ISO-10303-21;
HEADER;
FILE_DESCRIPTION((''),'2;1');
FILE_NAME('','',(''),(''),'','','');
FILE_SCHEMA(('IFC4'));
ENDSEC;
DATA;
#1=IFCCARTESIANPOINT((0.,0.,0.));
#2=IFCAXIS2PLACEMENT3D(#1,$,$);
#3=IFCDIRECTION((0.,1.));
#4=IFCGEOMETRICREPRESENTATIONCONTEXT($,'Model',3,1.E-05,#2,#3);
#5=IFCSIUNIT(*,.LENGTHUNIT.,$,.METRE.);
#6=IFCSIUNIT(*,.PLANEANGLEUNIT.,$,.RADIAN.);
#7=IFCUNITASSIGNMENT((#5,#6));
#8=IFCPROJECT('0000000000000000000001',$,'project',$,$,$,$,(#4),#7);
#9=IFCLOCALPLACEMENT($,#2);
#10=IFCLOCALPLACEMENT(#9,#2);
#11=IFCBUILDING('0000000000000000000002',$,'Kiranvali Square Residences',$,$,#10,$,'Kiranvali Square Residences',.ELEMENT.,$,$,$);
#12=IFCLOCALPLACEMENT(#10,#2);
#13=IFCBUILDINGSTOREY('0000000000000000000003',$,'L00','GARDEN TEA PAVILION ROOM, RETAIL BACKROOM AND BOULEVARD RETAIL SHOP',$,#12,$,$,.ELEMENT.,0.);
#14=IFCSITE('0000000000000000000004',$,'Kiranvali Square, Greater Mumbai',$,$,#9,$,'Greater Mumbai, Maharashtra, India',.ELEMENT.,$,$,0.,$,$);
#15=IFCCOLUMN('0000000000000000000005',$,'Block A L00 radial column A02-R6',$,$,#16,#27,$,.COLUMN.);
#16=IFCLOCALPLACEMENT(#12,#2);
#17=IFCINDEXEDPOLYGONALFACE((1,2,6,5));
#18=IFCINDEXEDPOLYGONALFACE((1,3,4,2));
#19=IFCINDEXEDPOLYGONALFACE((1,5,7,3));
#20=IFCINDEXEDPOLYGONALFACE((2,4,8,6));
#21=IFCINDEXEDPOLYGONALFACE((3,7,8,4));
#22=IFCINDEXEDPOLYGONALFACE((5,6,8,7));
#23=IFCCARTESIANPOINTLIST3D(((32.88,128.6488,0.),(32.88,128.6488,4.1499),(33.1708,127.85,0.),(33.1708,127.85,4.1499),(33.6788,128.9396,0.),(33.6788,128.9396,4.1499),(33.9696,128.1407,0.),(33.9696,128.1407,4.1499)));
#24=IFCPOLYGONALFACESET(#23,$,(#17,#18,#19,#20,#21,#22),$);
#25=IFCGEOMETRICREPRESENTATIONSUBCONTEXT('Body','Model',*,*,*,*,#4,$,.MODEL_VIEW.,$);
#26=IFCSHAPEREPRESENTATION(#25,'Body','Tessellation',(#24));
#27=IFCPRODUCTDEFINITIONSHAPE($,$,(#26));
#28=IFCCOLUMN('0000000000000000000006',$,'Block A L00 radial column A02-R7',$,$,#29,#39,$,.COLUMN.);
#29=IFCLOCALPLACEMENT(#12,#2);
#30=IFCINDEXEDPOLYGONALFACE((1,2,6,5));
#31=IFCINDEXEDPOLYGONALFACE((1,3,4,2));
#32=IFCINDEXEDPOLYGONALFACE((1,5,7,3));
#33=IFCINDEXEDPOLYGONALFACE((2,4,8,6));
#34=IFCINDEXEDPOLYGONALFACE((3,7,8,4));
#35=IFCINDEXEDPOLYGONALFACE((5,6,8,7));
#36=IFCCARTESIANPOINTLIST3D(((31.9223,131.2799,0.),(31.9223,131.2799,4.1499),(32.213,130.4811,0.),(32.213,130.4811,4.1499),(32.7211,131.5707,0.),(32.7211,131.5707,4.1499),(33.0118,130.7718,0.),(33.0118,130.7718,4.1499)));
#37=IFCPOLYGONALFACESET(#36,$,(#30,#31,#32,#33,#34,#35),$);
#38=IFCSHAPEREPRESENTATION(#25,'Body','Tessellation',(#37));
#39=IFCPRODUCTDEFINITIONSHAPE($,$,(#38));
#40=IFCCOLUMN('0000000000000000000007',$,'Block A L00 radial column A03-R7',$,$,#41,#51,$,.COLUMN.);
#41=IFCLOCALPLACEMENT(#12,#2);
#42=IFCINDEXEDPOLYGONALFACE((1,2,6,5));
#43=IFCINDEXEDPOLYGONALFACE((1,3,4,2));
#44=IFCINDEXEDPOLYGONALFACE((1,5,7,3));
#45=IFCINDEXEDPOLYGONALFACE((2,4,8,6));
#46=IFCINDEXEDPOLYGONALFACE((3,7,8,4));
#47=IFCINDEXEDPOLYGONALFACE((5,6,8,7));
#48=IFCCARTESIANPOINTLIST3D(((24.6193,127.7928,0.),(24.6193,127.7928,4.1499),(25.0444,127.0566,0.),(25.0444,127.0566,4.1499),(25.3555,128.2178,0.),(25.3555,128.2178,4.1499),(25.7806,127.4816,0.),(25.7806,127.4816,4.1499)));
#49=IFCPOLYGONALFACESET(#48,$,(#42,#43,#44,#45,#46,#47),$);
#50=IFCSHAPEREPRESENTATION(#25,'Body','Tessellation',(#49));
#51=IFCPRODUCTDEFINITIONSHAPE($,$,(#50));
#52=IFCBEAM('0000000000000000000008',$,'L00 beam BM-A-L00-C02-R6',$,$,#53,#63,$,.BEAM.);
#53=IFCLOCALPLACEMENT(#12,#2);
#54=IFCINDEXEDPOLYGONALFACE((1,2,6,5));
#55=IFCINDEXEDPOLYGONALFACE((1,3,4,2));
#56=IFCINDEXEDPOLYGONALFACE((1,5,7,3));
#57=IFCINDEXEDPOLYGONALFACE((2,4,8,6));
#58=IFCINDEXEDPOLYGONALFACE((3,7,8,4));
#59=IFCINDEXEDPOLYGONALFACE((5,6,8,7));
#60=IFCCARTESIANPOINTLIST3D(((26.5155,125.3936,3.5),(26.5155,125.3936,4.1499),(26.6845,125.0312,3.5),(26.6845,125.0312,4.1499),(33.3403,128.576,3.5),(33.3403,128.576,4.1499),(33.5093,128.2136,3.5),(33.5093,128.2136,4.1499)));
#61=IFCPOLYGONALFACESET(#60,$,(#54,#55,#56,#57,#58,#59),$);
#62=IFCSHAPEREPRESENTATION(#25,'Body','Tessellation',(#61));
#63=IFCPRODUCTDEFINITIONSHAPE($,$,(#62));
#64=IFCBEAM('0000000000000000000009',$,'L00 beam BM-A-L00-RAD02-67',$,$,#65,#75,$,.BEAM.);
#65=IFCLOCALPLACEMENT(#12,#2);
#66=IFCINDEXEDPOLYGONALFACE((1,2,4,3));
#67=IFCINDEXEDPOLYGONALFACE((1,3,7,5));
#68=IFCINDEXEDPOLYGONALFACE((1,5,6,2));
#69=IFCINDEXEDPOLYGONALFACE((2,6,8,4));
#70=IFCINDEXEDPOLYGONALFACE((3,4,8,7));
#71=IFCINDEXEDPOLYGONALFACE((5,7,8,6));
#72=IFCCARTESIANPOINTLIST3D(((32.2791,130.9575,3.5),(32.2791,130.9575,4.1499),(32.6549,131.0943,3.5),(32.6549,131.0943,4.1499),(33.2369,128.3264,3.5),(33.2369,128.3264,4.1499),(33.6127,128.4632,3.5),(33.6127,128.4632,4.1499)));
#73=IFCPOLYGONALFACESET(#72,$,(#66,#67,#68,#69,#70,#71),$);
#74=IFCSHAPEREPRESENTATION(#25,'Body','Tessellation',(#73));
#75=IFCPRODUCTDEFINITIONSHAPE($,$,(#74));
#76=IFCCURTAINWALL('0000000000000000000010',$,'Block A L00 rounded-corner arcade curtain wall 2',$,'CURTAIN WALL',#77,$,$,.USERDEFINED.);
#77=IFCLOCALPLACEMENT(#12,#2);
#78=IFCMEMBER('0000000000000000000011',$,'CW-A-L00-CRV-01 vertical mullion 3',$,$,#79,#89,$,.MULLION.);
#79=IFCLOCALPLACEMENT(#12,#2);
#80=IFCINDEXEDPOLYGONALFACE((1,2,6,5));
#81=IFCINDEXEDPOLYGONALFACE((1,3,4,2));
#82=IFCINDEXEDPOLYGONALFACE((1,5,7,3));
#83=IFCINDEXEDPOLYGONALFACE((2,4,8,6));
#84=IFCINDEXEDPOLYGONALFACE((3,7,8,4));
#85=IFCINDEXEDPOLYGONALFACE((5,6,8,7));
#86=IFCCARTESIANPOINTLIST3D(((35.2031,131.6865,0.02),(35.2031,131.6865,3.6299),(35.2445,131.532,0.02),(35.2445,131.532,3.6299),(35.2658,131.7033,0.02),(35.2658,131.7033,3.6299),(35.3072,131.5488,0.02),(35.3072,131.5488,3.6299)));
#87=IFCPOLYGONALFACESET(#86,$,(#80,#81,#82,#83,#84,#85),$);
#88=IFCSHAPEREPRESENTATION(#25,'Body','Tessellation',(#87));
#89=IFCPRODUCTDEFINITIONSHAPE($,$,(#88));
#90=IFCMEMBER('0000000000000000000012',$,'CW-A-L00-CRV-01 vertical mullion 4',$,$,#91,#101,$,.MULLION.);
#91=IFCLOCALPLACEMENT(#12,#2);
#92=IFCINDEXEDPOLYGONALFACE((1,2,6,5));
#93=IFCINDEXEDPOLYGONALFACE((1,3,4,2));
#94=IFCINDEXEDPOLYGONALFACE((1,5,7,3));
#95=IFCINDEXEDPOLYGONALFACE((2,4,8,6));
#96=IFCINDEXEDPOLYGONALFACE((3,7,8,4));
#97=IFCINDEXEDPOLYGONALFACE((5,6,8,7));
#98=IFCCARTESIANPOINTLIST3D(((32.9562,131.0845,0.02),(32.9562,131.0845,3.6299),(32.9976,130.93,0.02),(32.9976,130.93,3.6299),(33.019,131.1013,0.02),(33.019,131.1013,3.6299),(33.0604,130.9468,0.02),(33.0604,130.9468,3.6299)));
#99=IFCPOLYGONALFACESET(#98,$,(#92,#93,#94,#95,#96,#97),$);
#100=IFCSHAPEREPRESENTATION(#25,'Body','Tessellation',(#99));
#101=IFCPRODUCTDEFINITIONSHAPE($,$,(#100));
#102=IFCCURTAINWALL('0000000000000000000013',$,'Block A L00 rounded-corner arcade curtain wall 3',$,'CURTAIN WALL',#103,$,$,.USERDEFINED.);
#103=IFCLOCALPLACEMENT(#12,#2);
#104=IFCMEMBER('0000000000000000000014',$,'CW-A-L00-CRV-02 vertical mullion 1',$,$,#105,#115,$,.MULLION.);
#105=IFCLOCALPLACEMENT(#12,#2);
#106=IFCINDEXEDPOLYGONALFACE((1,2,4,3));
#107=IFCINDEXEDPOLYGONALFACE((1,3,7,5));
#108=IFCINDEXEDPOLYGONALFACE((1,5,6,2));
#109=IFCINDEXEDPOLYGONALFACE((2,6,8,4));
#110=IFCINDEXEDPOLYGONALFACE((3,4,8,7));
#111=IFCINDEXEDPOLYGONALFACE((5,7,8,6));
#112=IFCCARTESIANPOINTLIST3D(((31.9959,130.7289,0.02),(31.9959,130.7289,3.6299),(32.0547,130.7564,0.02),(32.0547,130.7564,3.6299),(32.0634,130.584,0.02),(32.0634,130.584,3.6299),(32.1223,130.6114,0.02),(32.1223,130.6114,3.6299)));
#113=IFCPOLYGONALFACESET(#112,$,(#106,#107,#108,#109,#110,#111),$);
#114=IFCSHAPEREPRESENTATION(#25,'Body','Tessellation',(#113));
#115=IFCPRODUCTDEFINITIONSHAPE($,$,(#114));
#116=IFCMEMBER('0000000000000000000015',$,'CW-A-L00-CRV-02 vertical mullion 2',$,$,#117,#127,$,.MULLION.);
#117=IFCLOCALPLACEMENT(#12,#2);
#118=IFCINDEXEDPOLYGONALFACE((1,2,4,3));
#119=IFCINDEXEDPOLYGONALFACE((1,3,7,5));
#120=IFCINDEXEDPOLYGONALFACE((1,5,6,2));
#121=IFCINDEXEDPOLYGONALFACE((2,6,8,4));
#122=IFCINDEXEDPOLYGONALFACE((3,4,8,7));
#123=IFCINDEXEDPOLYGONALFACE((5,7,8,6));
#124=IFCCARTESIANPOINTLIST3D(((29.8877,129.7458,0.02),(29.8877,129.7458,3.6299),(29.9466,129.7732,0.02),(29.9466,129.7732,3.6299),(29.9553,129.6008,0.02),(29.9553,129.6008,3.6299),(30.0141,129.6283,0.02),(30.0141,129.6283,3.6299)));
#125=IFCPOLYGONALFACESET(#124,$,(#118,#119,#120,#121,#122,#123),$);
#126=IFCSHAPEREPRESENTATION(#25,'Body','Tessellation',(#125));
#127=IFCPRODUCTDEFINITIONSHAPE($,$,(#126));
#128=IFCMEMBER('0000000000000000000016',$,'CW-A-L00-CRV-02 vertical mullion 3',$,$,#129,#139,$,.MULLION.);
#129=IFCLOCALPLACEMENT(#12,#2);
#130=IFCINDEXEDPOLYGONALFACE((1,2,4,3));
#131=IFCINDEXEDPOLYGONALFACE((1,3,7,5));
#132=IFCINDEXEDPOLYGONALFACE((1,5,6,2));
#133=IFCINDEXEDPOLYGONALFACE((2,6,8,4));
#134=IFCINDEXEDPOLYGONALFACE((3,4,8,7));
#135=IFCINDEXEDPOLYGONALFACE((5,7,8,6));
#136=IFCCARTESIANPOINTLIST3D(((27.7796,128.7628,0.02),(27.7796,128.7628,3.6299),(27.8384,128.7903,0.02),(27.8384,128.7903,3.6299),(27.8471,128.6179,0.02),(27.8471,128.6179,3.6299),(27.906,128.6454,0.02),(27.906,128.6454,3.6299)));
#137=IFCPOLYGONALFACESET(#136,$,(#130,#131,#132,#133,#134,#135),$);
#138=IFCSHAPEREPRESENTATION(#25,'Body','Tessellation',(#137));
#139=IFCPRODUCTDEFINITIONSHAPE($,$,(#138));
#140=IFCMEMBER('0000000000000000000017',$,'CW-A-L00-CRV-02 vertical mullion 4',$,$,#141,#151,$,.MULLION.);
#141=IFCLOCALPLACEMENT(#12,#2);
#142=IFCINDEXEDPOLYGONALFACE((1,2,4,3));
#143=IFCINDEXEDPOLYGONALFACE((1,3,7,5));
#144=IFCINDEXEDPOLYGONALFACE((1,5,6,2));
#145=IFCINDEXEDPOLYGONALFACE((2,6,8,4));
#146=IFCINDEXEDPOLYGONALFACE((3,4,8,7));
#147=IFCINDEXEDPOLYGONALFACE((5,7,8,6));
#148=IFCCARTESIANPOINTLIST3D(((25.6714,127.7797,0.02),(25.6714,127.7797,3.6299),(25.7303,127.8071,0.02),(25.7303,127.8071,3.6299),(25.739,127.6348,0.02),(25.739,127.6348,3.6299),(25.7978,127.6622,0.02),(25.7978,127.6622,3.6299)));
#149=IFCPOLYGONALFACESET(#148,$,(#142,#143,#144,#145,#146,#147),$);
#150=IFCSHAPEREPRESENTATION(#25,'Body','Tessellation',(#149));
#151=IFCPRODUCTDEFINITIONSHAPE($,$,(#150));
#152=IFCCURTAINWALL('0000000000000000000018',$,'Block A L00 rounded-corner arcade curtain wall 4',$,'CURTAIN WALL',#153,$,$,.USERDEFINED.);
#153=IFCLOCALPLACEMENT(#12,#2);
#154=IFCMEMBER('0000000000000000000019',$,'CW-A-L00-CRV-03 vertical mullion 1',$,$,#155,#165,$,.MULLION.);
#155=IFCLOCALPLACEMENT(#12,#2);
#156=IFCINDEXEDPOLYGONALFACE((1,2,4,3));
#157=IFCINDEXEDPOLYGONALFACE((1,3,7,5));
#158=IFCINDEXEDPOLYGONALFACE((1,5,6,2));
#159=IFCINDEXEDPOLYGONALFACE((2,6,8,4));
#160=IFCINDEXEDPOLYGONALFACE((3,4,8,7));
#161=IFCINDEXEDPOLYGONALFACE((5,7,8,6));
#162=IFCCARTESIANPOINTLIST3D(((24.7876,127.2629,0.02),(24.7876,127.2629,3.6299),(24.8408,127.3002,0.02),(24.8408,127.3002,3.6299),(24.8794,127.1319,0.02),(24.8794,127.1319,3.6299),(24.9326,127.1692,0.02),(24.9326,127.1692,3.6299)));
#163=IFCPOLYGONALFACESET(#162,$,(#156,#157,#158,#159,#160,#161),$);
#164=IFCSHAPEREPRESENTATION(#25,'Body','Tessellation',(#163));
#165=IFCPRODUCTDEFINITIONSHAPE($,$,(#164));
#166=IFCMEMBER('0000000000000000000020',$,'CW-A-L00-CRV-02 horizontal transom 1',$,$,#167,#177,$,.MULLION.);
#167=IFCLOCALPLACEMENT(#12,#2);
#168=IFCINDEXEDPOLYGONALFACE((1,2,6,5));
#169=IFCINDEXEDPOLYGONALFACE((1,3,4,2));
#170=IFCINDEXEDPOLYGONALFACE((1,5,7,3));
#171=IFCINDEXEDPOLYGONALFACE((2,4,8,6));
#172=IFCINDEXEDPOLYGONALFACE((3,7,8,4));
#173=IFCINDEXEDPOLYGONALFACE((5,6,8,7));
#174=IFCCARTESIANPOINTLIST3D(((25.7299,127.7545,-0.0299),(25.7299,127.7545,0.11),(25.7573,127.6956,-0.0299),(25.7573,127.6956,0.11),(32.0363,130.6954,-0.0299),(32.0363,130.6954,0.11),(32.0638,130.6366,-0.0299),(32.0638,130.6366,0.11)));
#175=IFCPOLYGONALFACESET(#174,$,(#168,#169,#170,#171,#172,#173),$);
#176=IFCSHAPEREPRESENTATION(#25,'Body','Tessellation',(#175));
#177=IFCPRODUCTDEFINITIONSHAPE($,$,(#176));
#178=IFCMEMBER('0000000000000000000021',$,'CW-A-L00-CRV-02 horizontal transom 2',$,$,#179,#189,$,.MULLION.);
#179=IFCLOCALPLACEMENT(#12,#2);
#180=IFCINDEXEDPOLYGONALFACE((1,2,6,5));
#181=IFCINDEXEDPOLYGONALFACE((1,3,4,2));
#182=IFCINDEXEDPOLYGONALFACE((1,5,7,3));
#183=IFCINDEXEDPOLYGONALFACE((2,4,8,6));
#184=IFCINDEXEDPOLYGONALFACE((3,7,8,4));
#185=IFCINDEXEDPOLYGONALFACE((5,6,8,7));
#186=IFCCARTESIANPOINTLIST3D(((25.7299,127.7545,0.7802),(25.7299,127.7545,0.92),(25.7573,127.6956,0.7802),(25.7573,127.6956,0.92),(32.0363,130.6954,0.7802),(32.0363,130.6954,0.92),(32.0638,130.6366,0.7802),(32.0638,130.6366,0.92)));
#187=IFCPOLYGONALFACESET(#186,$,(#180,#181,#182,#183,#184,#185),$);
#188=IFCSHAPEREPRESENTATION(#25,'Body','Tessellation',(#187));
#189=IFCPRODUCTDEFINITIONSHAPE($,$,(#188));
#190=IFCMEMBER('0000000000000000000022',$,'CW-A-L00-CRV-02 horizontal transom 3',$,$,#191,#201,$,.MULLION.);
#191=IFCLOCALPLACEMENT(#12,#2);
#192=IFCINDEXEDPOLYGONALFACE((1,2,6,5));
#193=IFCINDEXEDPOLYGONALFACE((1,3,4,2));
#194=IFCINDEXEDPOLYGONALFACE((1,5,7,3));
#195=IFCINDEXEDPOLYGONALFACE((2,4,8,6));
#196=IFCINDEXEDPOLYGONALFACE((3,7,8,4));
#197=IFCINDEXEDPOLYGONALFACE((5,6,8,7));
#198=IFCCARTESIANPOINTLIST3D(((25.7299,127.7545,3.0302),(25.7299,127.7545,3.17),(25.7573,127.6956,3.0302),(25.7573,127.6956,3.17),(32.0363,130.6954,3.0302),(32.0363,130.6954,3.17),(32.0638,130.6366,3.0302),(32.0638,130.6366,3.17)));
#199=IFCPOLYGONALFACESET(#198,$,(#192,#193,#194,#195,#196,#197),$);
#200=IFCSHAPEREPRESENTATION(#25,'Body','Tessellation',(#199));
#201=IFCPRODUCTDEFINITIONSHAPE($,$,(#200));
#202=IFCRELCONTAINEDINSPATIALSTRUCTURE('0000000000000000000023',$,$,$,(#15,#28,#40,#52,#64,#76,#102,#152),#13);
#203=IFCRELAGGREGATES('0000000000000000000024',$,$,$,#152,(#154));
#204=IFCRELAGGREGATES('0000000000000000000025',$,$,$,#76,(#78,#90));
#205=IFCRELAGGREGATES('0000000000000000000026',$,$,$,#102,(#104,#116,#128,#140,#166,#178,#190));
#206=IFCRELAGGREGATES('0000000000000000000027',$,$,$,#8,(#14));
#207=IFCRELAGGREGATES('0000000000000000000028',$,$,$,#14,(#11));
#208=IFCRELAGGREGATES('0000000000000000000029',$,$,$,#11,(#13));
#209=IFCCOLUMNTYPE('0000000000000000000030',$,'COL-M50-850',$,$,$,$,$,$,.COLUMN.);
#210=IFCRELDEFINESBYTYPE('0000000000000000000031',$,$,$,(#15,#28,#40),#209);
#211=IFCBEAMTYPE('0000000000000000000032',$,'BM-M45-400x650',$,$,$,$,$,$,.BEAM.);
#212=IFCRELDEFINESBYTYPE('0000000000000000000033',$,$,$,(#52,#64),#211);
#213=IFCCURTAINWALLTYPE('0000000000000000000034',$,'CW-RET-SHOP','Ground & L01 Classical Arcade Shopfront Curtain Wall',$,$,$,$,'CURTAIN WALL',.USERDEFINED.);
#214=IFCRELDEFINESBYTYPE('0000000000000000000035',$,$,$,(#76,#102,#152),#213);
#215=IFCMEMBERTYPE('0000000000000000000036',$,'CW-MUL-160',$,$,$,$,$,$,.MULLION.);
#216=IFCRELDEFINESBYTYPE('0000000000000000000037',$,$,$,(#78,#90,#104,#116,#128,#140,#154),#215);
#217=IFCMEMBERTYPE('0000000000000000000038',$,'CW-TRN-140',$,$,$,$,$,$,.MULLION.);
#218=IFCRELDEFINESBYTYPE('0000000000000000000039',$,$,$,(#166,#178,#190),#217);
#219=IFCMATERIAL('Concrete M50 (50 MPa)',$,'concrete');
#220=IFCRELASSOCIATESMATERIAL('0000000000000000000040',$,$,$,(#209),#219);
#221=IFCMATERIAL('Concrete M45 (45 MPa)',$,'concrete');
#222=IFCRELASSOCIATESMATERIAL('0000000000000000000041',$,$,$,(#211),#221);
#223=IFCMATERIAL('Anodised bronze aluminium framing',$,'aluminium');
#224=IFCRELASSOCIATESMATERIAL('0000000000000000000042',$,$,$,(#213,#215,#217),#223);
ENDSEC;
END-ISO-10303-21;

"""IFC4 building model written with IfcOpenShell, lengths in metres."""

from ifc_helpers import new_model, si_unit, direction, frame, origin, origin_2d, place, context, subcontext, project, spatial, rectangle, extrude, material, material_profile, profile_set, type_object, element, aggregate, save


model = new_model("IFC4")

# Units and contexts
model_context = context("Model", 3, precision=1e-05, world=origin(), true_north=direction((0.0, 1.0)))
body_context = subcontext(model_context, "Body", "Model", "MODEL_VIEW")
ifc_project = project(units=[si_unit("LENGTHUNIT", "METRE"), si_unit("PLANEANGLEUNIT", "RADIAN")], contexts=[model_context])

# Site, building, storey
site_placement = place(None, origin())
site = spatial("IfcSite", under=ifc_project, at=site_placement, Name="Kiranvali Square, Greater Mumbai", LongName="Greater Mumbai, Maharashtra, India", CompositionType="ELEMENT", RefElevation=0.0)
building_placement = place(site_placement, origin())
building = spatial("IfcBuilding", under=site, at=building_placement, Name="Kiranvali Square Residences", LongName="Kiranvali Square Residences", CompositionType="ELEMENT")
storey_placement = place(building_placement, origin())
storey = spatial("IfcBuildingStorey", under=building, at=storey_placement, Name="L00", Description="GARDEN TEA PAVILION ROOM, RETAIL BACKROOM AND BOULEVARD RETAIL SHOP", CompositionType="ELEMENT", Elevation=0.0)

# Columns
ifc_material_1 = material(Name="Concrete M50 (50 MPa)", Category="concrete")
ifc_material_profile_1 = material_profile(ifc_material_1, rectangle(XDim=0.8501, YDim=0.8501, at=origin_2d()), Name="RC 850x850")
ifc_profile_set_1 = profile_set([ifc_material_profile_1], Name="Concrete M50 (50 MPa)")
column_type = type_object("IfcColumnType", Name="COL-M50-850", PredefinedType="COLUMN", material=ifc_profile_set_1)
for number, where, z_axis, x_axis, name in (
    (1, (33.4248, 128.3948, 0.0), (0.0, 0.0, 1.0), (0.939693, 0.34202, 0.0), "Block A L00 radial column A02-R6"),
    (2, (32.467, 131.0259, 0.0), (0.0, 0.0, 1.0), (0.939693, 0.34202, 0.0), "Block A L00 radial column A02-R7"),
    (3, (25.2, 127.6372, 0.0), (0.0, 0.0, 1.0), (0.866025, 0.5, 0.0), "Block A L00 radial column A03-R7"),
):
    element("IfcColumn", number, at=place(storey_placement, frame(where, z_axis=z_axis, x_axis=x_axis)), inside=storey, type_object=column_type, Name=name, PredefinedType="COLUMN", context=body_context, shape_type="SweptSolid", body=[
        extrude(rectangle(XDim=0.8501, YDim=0.8501, at=origin_2d()), origin(), (0.0, 0.0, 1.0), 4.1499),
    ])

# Beams
ifc_material_2 = material(Name="Concrete M45 (45 MPa)", Category="concrete")
ifc_material_profile_2 = material_profile(ifc_material_2, rectangle(XDim=0.3999, YDim=0.6499, at=origin_2d()), Name="RC 400x650")
ifc_profile_set_2 = profile_set([ifc_material_profile_2], Name="Concrete M45 (45 MPa)")
beam_type_1 = type_object("IfcBeamType", Name="BM-M45-400x650", PredefinedType="BEAM", material=ifc_profile_set_2)
beam_1_placement = place(storey_placement, frame((33.4248, 128.3948, 3.825), z_axis=(-0.90631, -0.422614, 0.0), x_axis=(0.422614, -0.90631, 0.0)))
element("IfcBeam", 4, at=beam_1_placement, inside=storey, type_object=beam_type_1, Name="L00 beam BM-A-L00-C02-R6", PredefinedType="BEAM", context=body_context, shape_type="SweptSolid", body=[
    extrude(rectangle(XDim=0.3999, YDim=0.6499, at=origin_2d()), origin(), (0.0, 0.0, 1.0), 7.5303),
])
beam_2_placement = place(storey_placement, frame((33.4248, 128.3948, 3.825), z_axis=(-0.342058, 0.939679, 0.0), x_axis=(-0.939679, -0.342058, 0.0)))
element("IfcBeam", 5, at=beam_2_placement, inside=storey, type_object=beam_type_1, Name="L00 beam BM-A-L00-RAD02-67", PredefinedType="BEAM", context=body_context, shape_type="SweptSolid", body=[
    extrude(rectangle(XDim=0.3999, YDim=0.6499, at=origin_2d()), origin(), (0.0, 0.0, 1.0), 2.8),
])

# Curtain walls, members
ifc_material_3 = material(Name="Anodised bronze aluminium framing", Category="aluminium")
curtain_wall_type = type_object("IfcCurtainWallType", Name="CW-RET-SHOP", Description="Ground & L01 Classical Arcade Shopfront Curtain Wall", ElementType="CURTAIN WALL", PredefinedType="USERDEFINED", material=ifc_material_3)
curtain_wall_1_placement = place(storey_placement, origin())
curtain_wall_1 = element("IfcCurtainWall", 6, at=curtain_wall_1_placement, inside=storey, type_object=curtain_wall_type, Name="Block A L00 rounded-corner arcade curtain wall 2", ObjectType="CURTAIN WALL", PredefinedType="USERDEFINED")
ifc_material_profile_3 = material_profile(ifc_material_3, rectangle(XDim=0.0649, YDim=0.1599, at=origin_2d()), Name="ALU 65x160")
ifc_profile_set_3 = profile_set([ifc_material_profile_3], Name="Anodised bronze aluminium framing")
member_type_1 = type_object("IfcMemberType", Name="CW-MUL-160", PredefinedType="MULLION", material=ifc_profile_set_3)
member_1_placement = place(storey_placement, frame((35.2551, 131.6177, 0.02), z_axis=(0.0, 0.0, 1.0), x_axis=(-0.965926, -0.258819, 0.0)))
member_1 = element("IfcMember", 7, at=member_1_placement, type_object=member_type_1, Name="CW-A-L00-CRV-01 vertical mullion 3", PredefinedType="MULLION", context=body_context, shape_type="SweptSolid", body=[
    extrude(rectangle(XDim=0.0649, YDim=0.1599, at=origin_2d()), origin(), (0.0, 0.0, 1.0), 3.6099),
])
member_2_placement = place(storey_placement, frame((33.0083, 131.0156, 0.02), z_axis=(0.0, 0.0, 1.0), x_axis=(-0.965926, -0.258819, 0.0)))
member_2 = element("IfcMember", 8, at=member_2_placement, type_object=member_type_1, Name="CW-A-L00-CRV-01 vertical mullion 4", PredefinedType="MULLION", context=body_context, shape_type="SweptSolid", body=[
    extrude(rectangle(XDim=0.0649, YDim=0.1599, at=origin_2d()), origin(), (0.0, 0.0, 1.0), 3.6099),
])
curtain_wall_2_placement = place(storey_placement, origin())
curtain_wall_2 = element("IfcCurtainWall", 9, at=curtain_wall_2_placement, inside=storey, type_object=curtain_wall_type, Name="Block A L00 rounded-corner arcade curtain wall 3", ObjectType="CURTAIN WALL", PredefinedType="USERDEFINED")
member_3_placement = place(storey_placement, frame((32.0591, 130.6702, 0.02), z_axis=(0.0, 0.0, 1.0), x_axis=(-0.906308, -0.422618, 0.0)))
member_3 = element("IfcMember", 10, at=member_3_placement, type_object=member_type_1, Name="CW-A-L00-CRV-02 vertical mullion 1", PredefinedType="MULLION", context=body_context, shape_type="SweptSolid", body=[
    extrude(rectangle(XDim=0.0649, YDim=0.1599, at=origin_2d()), origin(), (0.0, 0.0, 1.0), 3.6099),
])
member_4_placement = place(storey_placement, frame((29.9509, 129.687, 0.02), z_axis=(0.0, 0.0, 1.0), x_axis=(-0.906308, -0.422618, 0.0)))
member_4 = element("IfcMember", 11, at=member_4_placement, type_object=member_type_1, Name="CW-A-L00-CRV-02 vertical mullion 2", PredefinedType="MULLION", context=body_context, shape_type="SweptSolid", body=[
    extrude(rectangle(XDim=0.0649, YDim=0.1599, at=origin_2d()), origin(), (0.0, 0.0, 1.0), 3.6099),
])
member_5_placement = place(storey_placement, frame((27.8428, 128.7041, 0.02), z_axis=(0.0, 0.0, 1.0), x_axis=(-0.906308, -0.422618, 0.0)))
member_5 = element("IfcMember", 12, at=member_5_placement, type_object=member_type_1, Name="CW-A-L00-CRV-02 vertical mullion 3", PredefinedType="MULLION", context=body_context, shape_type="SweptSolid", body=[
    extrude(rectangle(XDim=0.0649, YDim=0.1599, at=origin_2d()), origin(), (0.0, 0.0, 1.0), 3.6099),
])
member_6_placement = place(storey_placement, frame((25.7346, 127.7209, 0.02), z_axis=(0.0, 0.0, 1.0), x_axis=(-0.906308, -0.422618, 0.0)))
member_6 = element("IfcMember", 13, at=member_6_placement, type_object=member_type_1, Name="CW-A-L00-CRV-02 vertical mullion 4", PredefinedType="MULLION", context=body_context, shape_type="SweptSolid", body=[
    extrude(rectangle(XDim=0.0649, YDim=0.1599, at=origin_2d()), origin(), (0.0, 0.0, 1.0), 3.6099),
])

# Curtain wall, member
curtain_wall_3_placement = place(storey_placement, origin())
curtain_wall_3 = element("IfcCurtainWall", 14, at=curtain_wall_3_placement, inside=storey, type_object=curtain_wall_type, Name="Block A L00 rounded-corner arcade curtain wall 4", ObjectType="CURTAIN WALL", PredefinedType="USERDEFINED")
member_7_placement = place(storey_placement, frame((24.8601, 127.2161, 0.02), z_axis=(0.0, 0.0, 1.0), x_axis=(-0.819152, -0.573576, 0.0)))
member_7 = element("IfcMember", 15, at=member_7_placement, type_object=member_type_1, Name="CW-A-L00-CRV-03 vertical mullion 1", PredefinedType="MULLION", context=body_context, shape_type="SweptSolid", body=[
    extrude(rectangle(XDim=0.0649, YDim=0.1599, at=origin_2d()), origin(), (0.0, 0.0, 1.0), 3.6099),
])

# Members
ifc_material_profile_4 = material_profile(ifc_material_3, rectangle(XDim=0.0649, YDim=0.1399, at=origin_2d()), Name="ALU 65x140")
ifc_profile_set_4 = profile_set([ifc_material_profile_4], Name="Anodised bronze aluminium framing")
member_type_2 = type_object("IfcMemberType", Name="CW-TRN-140", PredefinedType="MULLION", material=ifc_profile_set_4)
member_8_placement = place(storey_placement, frame((32.05, 130.666, 0.04), z_axis=(-0.906297, -0.422642, 0.0), x_axis=(0.422642, -0.906297, 0.0)))
member_8 = element("IfcMember", 16, at=member_8_placement, type_object=member_type_2, Name="CW-A-L00-CRV-02 horizontal transom 1", PredefinedType="MULLION", context=body_context, shape_type="SweptSolid", body=[
    extrude(rectangle(XDim=0.0649, YDim=0.1399, at=origin_2d()), origin(), (0.0, 0.0, 1.0), 6.9585),
])
member_9_placement = place(storey_placement, frame((32.05, 130.666, 0.8501), z_axis=(-0.906297, -0.422642, 0.0), x_axis=(0.422642, -0.906297, 0.0)))
member_9 = element("IfcMember", 17, at=member_9_placement, type_object=member_type_2, Name="CW-A-L00-CRV-02 horizontal transom 2", PredefinedType="MULLION", context=body_context, shape_type="SweptSolid", body=[
    extrude(rectangle(XDim=0.0649, YDim=0.1399, at=origin_2d()), origin(), (0.0, 0.0, 1.0), 6.9585),
])
member_10_placement = place(storey_placement, frame((32.05, 130.666, 3.1001), z_axis=(-0.906297, -0.422642, 0.0), x_axis=(0.422642, -0.906297, 0.0)))
member_10 = element("IfcMember", 18, at=member_10_placement, type_object=member_type_2, Name="CW-A-L00-CRV-02 horizontal transom 3", PredefinedType="MULLION", context=body_context, shape_type="SweptSolid", body=[
    extrude(rectangle(XDim=0.0649, YDim=0.1399, at=origin_2d()), origin(), (0.0, 0.0, 1.0), 6.9585),
])
aggregate(curtain_wall_3, [member_7])

aggregate(curtain_wall_1, [member_1, member_2])
aggregate(curtain_wall_2, [member_3, member_4, member_5, member_6, member_8, member_9, member_10])

save(model, "model.ifc")
